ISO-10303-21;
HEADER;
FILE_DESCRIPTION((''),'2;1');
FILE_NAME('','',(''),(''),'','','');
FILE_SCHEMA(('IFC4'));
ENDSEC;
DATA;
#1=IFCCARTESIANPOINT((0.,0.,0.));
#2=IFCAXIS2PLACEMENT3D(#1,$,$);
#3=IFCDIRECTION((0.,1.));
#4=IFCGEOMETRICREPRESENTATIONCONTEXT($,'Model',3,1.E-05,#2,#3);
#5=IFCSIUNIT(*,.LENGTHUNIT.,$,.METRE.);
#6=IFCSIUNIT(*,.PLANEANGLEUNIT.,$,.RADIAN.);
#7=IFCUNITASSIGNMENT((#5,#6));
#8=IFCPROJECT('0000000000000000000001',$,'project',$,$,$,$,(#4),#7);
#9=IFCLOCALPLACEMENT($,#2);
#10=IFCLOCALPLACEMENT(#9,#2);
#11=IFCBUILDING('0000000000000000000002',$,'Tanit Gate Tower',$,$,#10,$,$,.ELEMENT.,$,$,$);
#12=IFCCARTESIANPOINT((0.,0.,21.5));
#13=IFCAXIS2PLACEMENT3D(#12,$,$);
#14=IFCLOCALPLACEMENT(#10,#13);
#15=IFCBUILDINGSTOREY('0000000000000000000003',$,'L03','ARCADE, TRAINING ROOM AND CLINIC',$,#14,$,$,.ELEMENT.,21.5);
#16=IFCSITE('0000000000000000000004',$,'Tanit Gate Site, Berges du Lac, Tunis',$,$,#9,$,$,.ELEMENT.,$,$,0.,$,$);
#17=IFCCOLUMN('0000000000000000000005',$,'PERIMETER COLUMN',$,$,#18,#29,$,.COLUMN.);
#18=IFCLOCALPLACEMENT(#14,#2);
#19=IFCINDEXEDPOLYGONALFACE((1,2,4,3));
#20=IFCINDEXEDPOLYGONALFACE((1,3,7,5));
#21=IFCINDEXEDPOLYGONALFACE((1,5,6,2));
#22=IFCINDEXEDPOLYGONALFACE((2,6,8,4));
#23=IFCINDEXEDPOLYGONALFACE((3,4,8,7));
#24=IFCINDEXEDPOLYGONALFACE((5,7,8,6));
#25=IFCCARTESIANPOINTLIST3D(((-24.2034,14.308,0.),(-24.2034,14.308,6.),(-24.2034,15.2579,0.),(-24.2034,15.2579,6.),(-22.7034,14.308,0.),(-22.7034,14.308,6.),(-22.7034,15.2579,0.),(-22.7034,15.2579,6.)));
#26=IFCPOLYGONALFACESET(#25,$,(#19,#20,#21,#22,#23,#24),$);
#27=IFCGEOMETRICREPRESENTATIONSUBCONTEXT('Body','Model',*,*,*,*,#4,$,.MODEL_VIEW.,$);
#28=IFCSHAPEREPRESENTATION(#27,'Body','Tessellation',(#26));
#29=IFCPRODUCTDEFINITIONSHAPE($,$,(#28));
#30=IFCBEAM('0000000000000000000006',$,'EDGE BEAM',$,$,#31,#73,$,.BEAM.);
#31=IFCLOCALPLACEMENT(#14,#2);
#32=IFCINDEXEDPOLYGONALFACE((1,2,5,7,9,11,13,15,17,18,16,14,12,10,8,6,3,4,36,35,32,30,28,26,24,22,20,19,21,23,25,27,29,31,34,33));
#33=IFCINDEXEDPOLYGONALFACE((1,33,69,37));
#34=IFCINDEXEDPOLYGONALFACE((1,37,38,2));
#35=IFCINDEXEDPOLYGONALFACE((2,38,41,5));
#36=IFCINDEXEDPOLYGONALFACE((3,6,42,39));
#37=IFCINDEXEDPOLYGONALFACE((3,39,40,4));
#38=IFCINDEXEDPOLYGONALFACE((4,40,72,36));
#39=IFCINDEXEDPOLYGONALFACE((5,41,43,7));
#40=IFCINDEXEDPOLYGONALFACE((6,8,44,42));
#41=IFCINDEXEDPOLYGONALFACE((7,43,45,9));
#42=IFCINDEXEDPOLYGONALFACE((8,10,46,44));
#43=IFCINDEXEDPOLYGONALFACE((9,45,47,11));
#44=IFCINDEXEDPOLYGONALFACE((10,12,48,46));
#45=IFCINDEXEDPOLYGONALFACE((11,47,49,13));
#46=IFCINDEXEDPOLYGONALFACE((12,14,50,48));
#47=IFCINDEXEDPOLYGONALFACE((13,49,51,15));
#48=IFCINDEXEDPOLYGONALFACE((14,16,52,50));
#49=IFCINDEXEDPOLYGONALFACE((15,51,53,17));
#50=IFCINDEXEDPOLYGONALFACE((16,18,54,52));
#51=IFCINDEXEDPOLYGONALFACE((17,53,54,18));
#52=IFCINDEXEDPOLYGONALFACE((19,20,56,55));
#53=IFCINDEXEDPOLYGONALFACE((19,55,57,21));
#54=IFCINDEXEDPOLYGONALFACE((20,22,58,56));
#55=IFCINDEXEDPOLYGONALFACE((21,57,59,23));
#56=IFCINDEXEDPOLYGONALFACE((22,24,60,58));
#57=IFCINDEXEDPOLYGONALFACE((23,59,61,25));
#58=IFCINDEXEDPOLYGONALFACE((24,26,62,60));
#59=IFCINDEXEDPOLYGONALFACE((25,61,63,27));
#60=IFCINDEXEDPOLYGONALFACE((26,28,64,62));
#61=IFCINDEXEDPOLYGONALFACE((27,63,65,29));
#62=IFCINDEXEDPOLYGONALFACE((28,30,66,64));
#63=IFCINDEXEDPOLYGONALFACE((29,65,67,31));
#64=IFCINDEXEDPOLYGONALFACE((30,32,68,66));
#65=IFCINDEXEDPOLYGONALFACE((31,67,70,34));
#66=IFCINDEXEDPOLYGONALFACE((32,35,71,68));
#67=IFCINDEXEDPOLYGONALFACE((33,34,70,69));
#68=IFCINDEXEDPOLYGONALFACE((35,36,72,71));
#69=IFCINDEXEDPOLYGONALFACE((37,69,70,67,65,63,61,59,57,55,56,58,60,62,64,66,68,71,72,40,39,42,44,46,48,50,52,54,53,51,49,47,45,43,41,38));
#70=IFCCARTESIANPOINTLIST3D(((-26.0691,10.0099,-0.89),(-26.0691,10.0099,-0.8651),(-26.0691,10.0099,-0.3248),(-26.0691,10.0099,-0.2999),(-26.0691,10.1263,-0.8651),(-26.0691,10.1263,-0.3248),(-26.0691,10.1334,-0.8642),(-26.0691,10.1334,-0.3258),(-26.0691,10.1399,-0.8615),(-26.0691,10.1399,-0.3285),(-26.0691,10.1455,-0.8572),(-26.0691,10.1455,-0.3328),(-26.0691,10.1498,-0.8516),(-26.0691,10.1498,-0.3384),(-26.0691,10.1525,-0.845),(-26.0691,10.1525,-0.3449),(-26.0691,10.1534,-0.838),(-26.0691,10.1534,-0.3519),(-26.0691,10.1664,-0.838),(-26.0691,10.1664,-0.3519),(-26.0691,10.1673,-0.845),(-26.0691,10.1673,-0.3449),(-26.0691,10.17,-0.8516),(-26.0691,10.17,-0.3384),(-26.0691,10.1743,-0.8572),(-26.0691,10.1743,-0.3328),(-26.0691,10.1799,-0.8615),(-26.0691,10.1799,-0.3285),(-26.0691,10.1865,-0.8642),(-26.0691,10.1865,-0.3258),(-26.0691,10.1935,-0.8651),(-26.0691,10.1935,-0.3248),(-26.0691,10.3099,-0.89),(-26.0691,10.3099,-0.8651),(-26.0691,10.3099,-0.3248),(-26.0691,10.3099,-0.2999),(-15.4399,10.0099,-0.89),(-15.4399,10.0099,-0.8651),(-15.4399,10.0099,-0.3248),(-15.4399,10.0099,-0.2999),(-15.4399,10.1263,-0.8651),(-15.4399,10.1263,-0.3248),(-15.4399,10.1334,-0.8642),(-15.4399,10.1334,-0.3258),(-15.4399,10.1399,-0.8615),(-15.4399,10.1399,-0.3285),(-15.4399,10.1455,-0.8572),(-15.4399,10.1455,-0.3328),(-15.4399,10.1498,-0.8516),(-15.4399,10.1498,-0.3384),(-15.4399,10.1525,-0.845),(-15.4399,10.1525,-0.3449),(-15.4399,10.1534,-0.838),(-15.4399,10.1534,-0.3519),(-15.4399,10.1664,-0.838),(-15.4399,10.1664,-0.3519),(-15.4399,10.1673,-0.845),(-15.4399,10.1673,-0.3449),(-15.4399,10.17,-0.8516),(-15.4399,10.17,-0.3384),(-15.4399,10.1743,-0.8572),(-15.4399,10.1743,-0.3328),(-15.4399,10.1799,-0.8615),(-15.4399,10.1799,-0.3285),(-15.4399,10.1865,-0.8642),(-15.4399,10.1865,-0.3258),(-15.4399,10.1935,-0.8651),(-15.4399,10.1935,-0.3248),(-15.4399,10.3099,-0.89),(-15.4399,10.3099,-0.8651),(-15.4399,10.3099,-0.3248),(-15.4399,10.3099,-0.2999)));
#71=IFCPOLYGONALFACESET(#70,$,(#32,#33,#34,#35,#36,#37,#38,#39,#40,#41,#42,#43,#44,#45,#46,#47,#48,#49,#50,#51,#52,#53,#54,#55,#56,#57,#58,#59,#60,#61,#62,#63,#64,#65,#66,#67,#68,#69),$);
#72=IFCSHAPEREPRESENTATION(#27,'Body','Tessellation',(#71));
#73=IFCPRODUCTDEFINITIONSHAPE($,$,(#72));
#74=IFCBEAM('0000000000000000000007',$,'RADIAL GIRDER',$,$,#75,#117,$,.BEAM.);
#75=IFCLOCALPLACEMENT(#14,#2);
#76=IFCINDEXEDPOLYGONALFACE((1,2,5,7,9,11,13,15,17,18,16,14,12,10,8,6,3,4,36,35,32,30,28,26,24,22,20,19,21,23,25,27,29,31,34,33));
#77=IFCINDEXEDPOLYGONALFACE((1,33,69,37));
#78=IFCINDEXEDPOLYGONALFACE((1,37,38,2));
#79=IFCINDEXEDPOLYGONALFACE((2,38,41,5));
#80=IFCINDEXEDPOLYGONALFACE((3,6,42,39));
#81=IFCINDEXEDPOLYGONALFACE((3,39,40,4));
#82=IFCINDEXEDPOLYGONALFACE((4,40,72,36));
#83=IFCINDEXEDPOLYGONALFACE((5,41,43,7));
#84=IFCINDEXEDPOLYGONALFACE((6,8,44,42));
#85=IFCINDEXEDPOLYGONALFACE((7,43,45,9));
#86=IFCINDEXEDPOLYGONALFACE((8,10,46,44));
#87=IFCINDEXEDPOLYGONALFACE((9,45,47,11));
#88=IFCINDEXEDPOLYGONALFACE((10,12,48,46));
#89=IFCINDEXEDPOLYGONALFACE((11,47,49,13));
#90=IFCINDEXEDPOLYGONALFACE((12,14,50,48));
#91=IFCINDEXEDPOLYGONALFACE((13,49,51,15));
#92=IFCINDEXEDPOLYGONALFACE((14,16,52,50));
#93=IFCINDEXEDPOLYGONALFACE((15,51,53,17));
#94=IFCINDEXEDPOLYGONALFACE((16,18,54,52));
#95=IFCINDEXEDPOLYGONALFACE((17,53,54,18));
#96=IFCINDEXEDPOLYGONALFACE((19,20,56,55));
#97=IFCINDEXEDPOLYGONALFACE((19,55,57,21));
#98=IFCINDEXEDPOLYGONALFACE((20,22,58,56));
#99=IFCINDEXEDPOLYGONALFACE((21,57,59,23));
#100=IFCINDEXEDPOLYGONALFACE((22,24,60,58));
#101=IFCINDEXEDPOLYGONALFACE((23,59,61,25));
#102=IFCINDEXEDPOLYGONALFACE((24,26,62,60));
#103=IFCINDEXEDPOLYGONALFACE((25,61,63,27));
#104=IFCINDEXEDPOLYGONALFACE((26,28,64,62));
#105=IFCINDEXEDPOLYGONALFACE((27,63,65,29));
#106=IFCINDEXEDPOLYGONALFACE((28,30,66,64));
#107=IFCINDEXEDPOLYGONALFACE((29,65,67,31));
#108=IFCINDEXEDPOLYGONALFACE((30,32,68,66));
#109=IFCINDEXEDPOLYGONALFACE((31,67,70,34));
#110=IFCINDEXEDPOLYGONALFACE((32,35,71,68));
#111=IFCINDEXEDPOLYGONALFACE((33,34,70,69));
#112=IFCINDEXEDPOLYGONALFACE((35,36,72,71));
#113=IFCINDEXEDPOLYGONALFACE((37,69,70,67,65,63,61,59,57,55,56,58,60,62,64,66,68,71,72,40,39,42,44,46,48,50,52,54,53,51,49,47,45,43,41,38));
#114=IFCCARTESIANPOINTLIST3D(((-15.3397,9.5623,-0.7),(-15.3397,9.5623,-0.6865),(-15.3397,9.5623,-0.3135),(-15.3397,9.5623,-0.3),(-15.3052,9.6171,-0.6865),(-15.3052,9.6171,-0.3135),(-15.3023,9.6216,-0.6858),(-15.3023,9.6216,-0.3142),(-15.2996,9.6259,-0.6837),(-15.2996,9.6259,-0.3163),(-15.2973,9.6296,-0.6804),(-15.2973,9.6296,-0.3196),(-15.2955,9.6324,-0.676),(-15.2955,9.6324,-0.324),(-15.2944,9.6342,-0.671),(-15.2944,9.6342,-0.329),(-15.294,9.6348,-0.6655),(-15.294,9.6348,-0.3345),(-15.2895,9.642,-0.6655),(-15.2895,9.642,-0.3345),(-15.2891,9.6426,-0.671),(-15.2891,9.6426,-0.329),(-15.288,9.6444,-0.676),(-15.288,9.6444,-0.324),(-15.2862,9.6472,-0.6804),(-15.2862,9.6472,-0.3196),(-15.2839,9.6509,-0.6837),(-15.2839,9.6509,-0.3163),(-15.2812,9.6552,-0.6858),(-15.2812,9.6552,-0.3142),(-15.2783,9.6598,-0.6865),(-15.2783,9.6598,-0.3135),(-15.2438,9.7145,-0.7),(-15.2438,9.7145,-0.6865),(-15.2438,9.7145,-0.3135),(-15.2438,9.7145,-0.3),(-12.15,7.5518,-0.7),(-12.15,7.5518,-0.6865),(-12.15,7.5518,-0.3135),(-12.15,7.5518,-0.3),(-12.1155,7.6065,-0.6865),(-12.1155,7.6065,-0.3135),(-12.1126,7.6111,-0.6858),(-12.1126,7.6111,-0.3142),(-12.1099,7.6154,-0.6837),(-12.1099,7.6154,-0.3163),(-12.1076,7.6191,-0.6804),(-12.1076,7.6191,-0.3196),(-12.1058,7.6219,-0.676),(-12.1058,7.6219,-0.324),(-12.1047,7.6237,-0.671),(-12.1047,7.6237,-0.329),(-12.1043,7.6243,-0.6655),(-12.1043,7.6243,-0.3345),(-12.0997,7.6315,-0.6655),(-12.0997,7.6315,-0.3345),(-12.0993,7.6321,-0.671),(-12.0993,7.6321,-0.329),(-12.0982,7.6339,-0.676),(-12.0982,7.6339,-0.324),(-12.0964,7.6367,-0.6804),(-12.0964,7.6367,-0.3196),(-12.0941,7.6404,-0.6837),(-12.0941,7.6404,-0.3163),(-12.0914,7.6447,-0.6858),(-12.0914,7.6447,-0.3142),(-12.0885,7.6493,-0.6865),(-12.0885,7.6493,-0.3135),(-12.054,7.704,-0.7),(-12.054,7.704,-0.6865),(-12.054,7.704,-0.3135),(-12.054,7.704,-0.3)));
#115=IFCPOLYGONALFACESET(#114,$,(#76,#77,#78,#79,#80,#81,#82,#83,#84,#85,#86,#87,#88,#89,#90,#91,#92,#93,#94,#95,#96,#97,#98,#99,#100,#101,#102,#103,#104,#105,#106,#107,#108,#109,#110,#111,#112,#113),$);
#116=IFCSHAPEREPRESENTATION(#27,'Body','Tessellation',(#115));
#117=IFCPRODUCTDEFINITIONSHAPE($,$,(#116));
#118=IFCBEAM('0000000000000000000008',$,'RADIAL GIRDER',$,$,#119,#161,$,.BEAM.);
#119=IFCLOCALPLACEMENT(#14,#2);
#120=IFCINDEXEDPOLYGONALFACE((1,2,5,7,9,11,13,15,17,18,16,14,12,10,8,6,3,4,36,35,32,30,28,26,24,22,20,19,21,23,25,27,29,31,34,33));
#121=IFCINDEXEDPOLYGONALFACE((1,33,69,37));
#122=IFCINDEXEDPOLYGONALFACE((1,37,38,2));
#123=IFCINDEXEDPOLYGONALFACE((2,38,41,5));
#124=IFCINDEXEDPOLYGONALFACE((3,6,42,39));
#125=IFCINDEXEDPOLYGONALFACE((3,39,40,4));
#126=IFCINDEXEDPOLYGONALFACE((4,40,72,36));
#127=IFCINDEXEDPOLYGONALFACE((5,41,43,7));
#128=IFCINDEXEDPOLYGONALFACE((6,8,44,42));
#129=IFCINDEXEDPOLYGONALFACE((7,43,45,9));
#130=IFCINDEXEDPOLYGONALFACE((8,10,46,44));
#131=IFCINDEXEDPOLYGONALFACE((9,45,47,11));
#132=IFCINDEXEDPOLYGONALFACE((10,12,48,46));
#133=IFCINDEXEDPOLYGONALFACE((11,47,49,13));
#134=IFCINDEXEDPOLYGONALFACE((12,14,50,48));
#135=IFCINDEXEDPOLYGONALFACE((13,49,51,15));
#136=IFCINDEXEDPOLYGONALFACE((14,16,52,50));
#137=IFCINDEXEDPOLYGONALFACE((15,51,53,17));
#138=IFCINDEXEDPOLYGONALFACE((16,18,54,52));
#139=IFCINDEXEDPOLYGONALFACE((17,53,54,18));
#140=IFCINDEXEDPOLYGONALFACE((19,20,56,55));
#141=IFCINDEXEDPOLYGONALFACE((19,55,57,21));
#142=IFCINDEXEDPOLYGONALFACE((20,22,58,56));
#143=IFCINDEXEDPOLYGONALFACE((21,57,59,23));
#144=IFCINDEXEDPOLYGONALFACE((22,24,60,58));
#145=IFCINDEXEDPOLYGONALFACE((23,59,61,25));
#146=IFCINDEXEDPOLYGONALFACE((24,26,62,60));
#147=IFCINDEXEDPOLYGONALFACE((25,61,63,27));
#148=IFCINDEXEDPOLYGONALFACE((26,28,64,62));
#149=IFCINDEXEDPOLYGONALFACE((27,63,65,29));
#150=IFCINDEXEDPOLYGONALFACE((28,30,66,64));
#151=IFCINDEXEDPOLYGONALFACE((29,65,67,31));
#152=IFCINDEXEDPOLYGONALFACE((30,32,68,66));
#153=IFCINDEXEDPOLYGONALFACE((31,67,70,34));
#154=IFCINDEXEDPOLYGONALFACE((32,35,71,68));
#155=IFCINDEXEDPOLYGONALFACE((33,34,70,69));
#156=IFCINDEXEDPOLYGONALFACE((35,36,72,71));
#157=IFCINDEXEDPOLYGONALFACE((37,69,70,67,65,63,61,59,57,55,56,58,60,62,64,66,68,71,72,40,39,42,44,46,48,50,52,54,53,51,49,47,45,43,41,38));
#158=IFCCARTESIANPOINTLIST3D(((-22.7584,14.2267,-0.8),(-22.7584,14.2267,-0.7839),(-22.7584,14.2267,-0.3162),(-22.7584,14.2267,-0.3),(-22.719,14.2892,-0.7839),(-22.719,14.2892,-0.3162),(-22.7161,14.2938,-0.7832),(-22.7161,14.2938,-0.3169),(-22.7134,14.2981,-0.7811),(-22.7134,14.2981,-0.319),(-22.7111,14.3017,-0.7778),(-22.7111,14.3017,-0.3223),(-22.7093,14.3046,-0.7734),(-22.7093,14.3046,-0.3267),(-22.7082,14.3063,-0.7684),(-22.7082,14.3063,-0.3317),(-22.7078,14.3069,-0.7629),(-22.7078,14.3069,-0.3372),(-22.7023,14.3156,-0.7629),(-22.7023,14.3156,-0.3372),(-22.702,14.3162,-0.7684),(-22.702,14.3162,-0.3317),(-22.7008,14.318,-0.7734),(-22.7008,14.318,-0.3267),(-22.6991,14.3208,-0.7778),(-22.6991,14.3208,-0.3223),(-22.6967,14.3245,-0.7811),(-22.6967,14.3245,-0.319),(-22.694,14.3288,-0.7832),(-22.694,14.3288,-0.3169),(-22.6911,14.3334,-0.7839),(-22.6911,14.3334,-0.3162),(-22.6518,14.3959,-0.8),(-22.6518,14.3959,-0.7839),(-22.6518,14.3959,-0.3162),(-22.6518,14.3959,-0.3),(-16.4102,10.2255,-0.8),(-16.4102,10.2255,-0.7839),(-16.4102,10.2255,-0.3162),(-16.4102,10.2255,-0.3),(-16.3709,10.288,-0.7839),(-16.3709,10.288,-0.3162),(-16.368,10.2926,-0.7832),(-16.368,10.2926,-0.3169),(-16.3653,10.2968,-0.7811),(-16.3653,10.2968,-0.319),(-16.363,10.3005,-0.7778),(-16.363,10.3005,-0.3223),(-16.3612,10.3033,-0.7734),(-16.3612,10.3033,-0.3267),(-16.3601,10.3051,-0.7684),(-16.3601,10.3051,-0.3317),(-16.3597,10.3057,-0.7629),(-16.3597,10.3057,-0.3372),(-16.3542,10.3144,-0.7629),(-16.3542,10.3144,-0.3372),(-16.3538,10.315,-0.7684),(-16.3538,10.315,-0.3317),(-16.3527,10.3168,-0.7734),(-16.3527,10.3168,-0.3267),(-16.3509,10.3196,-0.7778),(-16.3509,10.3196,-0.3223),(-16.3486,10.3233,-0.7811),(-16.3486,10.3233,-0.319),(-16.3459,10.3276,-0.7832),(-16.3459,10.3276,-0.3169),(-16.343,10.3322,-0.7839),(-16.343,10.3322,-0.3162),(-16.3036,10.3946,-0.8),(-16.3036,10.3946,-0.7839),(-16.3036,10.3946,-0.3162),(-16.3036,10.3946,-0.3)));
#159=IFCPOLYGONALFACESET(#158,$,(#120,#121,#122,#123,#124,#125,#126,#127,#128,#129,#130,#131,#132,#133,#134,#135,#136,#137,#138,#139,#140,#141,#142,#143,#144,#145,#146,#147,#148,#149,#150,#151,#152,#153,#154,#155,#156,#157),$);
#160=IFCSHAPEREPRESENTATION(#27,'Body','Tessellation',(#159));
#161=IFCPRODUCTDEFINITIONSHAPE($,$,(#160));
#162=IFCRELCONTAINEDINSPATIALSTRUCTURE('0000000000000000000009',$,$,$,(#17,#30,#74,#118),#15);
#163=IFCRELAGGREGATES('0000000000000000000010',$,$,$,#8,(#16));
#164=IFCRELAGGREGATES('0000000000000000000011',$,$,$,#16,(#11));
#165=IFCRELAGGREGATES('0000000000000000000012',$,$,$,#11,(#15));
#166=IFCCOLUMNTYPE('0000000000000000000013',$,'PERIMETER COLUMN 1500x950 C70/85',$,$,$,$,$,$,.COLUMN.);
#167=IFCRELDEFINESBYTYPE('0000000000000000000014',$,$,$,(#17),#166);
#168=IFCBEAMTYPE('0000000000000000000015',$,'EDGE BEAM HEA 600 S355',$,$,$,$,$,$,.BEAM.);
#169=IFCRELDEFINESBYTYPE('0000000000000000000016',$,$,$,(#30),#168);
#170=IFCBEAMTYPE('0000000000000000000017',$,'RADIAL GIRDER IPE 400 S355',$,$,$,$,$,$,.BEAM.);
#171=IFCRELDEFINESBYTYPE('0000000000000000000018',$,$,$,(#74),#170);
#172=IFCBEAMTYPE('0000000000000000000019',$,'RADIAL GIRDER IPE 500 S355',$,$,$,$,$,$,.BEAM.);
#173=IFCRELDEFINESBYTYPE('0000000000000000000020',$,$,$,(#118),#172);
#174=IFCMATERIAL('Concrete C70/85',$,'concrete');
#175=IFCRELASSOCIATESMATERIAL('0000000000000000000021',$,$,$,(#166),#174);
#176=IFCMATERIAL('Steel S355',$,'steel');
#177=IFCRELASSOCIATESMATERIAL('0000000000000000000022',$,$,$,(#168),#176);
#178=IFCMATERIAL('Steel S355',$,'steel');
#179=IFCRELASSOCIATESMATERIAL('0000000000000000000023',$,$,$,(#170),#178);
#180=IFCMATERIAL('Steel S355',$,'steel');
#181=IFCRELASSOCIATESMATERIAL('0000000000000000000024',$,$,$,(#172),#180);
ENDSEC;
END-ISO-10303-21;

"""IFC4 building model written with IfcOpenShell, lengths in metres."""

from ifc_helpers import new_model, si_unit, direction, frame, origin, origin_2d, place, context, subcontext, project, spatial, rectangle, i_section, extrude, material, material_profile, profile_set, type_object, element, save


model = new_model("IFC4")

# Units and contexts
model_context = context("Model", 3, precision=1e-05, world=origin(), true_north=direction((0.0, 1.0)))
body_context = subcontext(model_context, "Body", "Model", "MODEL_VIEW")
ifc_project = project(units=[si_unit("LENGTHUNIT", "METRE"), si_unit("PLANEANGLEUNIT", "RADIAN")], contexts=[model_context])

# Site, building, storey
site_placement = place(None, origin())
site = spatial("IfcSite", under=ifc_project, at=site_placement, Name="Tanit Gate Site, Berges du Lac, Tunis", CompositionType="ELEMENT", RefElevation=0.0)
building_placement = place(site_placement, origin())
building = spatial("IfcBuilding", under=site, at=building_placement, Name="Tanit Gate Tower", CompositionType="ELEMENT")
storey_placement = place(building_placement, frame((0.0, 0.0, 21.5)))
storey = spatial("IfcBuildingStorey", under=building, at=storey_placement, Name="L03", Description="ARCADE, TRAINING ROOM AND CLINIC", CompositionType="ELEMENT", Elevation=21.5)

# Column
ifc_material_1 = material(Name="Concrete C70/85", Category="concrete")
ifc_material_profile_1 = material_profile(ifc_material_1, rectangle(XDim=1.5, YDim=0.95, at=origin_2d()), Name="RC 1500x950")
ifc_profile_set_1 = profile_set([ifc_material_profile_1], Name="Concrete C70/85")
column_type = type_object("IfcColumnType", Name="PERIMETER COLUMN 1500x950 C70/85", PredefinedType="COLUMN", material=ifc_profile_set_1)
column_placement = place(storey_placement, frame((-23.4534, 14.783, 0.0), z_axis=(0.0, 0.0, 1.0), x_axis=(-1.0, 0.0, 0.0)))
element("IfcColumn", 1, at=column_placement, inside=storey, type_object=column_type, Name="PERIMETER COLUMN", PredefinedType="COLUMN", context=body_context, shape_type="SweptSolid", body=[
    extrude(rectangle(XDim=1.5, YDim=0.95, at=origin_2d()), origin(), (0.0, 0.0, 1.0), 6.0),
])

# Beams
ifc_material_2 = material(Name="Steel S355", Category="steel")
ifc_material_profile_2 = material_profile(ifc_material_2, i_section(OverallWidth=0.3, OverallDepth=0.5901, WebThickness=0.0129, FlangeThickness=0.0249, FilletRadius=0.0271, at=origin_2d()), Name="HEA 600")
ifc_profile_set_2 = profile_set([ifc_material_profile_2], Name="Steel S355")
beam_type_1 = type_object("IfcBeamType", Name="EDGE BEAM HEA 600 S355", PredefinedType="BEAM", material=ifc_profile_set_2)
beam_1_placement = place(storey_placement, frame((-15.4399, 10.1599, -0.595), z_axis=(-1.0, 0.0, 0.0), x_axis=(0.0, -1.0, 0.0)))
element("IfcBeam", 2, at=beam_1_placement, inside=storey, type_object=beam_type_1, Name="EDGE BEAM", PredefinedType="BEAM", context=body_context, shape_type="SweptSolid", body=[
    extrude(i_section(OverallWidth=0.3, OverallDepth=0.5901, WebThickness=0.0129, FlangeThickness=0.0249, FilletRadius=0.0271, at=origin_2d()), origin(), (0.0, 0.0, 1.0), 10.6292),
])
ifc_material_3 = material(Name="Steel S355", Category="steel")
ifc_material_profile_3 = material_profile(ifc_material_3, i_section(OverallWidth=0.1799, OverallDepth=0.3999, WebThickness=0.0085, FlangeThickness=0.0134, FilletRadius=0.021, at=origin_2d()), Name="IPE 400")
ifc_profile_set_3 = profile_set([ifc_material_profile_3], Name="Steel S355")
beam_type_2 = type_object("IfcBeamType", Name="RADIAL GIRDER IPE 400 S355", PredefinedType="BEAM", material=ifc_profile_set_3)
beam_2_placement = place(storey_placement, frame((-15.2917, 9.6384, -0.5), z_axis=(0.845973, -0.533225, 0.0), x_axis=(0.533225, 0.845973, 0.0)))
element("IfcBeam", 3, at=beam_2_placement, inside=storey, type_object=beam_type_2, Name="RADIAL GIRDER", PredefinedType="BEAM", context=body_context, shape_type="SweptSolid", body=[
    extrude(i_section(OverallWidth=0.1799, OverallDepth=0.3999, WebThickness=0.0085, FlangeThickness=0.0134, FilletRadius=0.021, at=origin_2d()), origin(), (0.0, 0.0, 1.0), 3.7705),
])
ifc_material_4 = material(Name="Steel S355", Category="steel")
ifc_material_profile_4 = material_profile(ifc_material_4, i_section(OverallWidth=0.2, OverallDepth=0.5, WebThickness=0.0103, FlangeThickness=0.0161, FilletRadius=0.021, at=origin_2d()), Name="IPE 500")
ifc_profile_set_4 = profile_set([ifc_material_profile_4], Name="Steel S355")
beam_type_3 = type_object("IfcBeamType", Name="RADIAL GIRDER IPE 500 S355", PredefinedType="BEAM", material=ifc_profile_set_4)
beam_3_placement = place(storey_placement, frame((-22.7051, 14.3113, -0.55), z_axis=(0.845978, -0.533218, 0.0), x_axis=(0.533218, 0.845978, 0.0)))
element("IfcBeam", 4, at=beam_3_placement, inside=storey, type_object=beam_type_3, Name="RADIAL GIRDER", PredefinedType="BEAM", context=body_context, shape_type="SweptSolid", body=[
    extrude(i_section(OverallWidth=0.2, OverallDepth=0.5, WebThickness=0.0103, FlangeThickness=0.0161, FilletRadius=0.021, at=origin_2d()), origin(), (0.0, 0.0, 1.0), 7.5039),
])

save(model, "model.ifc")
